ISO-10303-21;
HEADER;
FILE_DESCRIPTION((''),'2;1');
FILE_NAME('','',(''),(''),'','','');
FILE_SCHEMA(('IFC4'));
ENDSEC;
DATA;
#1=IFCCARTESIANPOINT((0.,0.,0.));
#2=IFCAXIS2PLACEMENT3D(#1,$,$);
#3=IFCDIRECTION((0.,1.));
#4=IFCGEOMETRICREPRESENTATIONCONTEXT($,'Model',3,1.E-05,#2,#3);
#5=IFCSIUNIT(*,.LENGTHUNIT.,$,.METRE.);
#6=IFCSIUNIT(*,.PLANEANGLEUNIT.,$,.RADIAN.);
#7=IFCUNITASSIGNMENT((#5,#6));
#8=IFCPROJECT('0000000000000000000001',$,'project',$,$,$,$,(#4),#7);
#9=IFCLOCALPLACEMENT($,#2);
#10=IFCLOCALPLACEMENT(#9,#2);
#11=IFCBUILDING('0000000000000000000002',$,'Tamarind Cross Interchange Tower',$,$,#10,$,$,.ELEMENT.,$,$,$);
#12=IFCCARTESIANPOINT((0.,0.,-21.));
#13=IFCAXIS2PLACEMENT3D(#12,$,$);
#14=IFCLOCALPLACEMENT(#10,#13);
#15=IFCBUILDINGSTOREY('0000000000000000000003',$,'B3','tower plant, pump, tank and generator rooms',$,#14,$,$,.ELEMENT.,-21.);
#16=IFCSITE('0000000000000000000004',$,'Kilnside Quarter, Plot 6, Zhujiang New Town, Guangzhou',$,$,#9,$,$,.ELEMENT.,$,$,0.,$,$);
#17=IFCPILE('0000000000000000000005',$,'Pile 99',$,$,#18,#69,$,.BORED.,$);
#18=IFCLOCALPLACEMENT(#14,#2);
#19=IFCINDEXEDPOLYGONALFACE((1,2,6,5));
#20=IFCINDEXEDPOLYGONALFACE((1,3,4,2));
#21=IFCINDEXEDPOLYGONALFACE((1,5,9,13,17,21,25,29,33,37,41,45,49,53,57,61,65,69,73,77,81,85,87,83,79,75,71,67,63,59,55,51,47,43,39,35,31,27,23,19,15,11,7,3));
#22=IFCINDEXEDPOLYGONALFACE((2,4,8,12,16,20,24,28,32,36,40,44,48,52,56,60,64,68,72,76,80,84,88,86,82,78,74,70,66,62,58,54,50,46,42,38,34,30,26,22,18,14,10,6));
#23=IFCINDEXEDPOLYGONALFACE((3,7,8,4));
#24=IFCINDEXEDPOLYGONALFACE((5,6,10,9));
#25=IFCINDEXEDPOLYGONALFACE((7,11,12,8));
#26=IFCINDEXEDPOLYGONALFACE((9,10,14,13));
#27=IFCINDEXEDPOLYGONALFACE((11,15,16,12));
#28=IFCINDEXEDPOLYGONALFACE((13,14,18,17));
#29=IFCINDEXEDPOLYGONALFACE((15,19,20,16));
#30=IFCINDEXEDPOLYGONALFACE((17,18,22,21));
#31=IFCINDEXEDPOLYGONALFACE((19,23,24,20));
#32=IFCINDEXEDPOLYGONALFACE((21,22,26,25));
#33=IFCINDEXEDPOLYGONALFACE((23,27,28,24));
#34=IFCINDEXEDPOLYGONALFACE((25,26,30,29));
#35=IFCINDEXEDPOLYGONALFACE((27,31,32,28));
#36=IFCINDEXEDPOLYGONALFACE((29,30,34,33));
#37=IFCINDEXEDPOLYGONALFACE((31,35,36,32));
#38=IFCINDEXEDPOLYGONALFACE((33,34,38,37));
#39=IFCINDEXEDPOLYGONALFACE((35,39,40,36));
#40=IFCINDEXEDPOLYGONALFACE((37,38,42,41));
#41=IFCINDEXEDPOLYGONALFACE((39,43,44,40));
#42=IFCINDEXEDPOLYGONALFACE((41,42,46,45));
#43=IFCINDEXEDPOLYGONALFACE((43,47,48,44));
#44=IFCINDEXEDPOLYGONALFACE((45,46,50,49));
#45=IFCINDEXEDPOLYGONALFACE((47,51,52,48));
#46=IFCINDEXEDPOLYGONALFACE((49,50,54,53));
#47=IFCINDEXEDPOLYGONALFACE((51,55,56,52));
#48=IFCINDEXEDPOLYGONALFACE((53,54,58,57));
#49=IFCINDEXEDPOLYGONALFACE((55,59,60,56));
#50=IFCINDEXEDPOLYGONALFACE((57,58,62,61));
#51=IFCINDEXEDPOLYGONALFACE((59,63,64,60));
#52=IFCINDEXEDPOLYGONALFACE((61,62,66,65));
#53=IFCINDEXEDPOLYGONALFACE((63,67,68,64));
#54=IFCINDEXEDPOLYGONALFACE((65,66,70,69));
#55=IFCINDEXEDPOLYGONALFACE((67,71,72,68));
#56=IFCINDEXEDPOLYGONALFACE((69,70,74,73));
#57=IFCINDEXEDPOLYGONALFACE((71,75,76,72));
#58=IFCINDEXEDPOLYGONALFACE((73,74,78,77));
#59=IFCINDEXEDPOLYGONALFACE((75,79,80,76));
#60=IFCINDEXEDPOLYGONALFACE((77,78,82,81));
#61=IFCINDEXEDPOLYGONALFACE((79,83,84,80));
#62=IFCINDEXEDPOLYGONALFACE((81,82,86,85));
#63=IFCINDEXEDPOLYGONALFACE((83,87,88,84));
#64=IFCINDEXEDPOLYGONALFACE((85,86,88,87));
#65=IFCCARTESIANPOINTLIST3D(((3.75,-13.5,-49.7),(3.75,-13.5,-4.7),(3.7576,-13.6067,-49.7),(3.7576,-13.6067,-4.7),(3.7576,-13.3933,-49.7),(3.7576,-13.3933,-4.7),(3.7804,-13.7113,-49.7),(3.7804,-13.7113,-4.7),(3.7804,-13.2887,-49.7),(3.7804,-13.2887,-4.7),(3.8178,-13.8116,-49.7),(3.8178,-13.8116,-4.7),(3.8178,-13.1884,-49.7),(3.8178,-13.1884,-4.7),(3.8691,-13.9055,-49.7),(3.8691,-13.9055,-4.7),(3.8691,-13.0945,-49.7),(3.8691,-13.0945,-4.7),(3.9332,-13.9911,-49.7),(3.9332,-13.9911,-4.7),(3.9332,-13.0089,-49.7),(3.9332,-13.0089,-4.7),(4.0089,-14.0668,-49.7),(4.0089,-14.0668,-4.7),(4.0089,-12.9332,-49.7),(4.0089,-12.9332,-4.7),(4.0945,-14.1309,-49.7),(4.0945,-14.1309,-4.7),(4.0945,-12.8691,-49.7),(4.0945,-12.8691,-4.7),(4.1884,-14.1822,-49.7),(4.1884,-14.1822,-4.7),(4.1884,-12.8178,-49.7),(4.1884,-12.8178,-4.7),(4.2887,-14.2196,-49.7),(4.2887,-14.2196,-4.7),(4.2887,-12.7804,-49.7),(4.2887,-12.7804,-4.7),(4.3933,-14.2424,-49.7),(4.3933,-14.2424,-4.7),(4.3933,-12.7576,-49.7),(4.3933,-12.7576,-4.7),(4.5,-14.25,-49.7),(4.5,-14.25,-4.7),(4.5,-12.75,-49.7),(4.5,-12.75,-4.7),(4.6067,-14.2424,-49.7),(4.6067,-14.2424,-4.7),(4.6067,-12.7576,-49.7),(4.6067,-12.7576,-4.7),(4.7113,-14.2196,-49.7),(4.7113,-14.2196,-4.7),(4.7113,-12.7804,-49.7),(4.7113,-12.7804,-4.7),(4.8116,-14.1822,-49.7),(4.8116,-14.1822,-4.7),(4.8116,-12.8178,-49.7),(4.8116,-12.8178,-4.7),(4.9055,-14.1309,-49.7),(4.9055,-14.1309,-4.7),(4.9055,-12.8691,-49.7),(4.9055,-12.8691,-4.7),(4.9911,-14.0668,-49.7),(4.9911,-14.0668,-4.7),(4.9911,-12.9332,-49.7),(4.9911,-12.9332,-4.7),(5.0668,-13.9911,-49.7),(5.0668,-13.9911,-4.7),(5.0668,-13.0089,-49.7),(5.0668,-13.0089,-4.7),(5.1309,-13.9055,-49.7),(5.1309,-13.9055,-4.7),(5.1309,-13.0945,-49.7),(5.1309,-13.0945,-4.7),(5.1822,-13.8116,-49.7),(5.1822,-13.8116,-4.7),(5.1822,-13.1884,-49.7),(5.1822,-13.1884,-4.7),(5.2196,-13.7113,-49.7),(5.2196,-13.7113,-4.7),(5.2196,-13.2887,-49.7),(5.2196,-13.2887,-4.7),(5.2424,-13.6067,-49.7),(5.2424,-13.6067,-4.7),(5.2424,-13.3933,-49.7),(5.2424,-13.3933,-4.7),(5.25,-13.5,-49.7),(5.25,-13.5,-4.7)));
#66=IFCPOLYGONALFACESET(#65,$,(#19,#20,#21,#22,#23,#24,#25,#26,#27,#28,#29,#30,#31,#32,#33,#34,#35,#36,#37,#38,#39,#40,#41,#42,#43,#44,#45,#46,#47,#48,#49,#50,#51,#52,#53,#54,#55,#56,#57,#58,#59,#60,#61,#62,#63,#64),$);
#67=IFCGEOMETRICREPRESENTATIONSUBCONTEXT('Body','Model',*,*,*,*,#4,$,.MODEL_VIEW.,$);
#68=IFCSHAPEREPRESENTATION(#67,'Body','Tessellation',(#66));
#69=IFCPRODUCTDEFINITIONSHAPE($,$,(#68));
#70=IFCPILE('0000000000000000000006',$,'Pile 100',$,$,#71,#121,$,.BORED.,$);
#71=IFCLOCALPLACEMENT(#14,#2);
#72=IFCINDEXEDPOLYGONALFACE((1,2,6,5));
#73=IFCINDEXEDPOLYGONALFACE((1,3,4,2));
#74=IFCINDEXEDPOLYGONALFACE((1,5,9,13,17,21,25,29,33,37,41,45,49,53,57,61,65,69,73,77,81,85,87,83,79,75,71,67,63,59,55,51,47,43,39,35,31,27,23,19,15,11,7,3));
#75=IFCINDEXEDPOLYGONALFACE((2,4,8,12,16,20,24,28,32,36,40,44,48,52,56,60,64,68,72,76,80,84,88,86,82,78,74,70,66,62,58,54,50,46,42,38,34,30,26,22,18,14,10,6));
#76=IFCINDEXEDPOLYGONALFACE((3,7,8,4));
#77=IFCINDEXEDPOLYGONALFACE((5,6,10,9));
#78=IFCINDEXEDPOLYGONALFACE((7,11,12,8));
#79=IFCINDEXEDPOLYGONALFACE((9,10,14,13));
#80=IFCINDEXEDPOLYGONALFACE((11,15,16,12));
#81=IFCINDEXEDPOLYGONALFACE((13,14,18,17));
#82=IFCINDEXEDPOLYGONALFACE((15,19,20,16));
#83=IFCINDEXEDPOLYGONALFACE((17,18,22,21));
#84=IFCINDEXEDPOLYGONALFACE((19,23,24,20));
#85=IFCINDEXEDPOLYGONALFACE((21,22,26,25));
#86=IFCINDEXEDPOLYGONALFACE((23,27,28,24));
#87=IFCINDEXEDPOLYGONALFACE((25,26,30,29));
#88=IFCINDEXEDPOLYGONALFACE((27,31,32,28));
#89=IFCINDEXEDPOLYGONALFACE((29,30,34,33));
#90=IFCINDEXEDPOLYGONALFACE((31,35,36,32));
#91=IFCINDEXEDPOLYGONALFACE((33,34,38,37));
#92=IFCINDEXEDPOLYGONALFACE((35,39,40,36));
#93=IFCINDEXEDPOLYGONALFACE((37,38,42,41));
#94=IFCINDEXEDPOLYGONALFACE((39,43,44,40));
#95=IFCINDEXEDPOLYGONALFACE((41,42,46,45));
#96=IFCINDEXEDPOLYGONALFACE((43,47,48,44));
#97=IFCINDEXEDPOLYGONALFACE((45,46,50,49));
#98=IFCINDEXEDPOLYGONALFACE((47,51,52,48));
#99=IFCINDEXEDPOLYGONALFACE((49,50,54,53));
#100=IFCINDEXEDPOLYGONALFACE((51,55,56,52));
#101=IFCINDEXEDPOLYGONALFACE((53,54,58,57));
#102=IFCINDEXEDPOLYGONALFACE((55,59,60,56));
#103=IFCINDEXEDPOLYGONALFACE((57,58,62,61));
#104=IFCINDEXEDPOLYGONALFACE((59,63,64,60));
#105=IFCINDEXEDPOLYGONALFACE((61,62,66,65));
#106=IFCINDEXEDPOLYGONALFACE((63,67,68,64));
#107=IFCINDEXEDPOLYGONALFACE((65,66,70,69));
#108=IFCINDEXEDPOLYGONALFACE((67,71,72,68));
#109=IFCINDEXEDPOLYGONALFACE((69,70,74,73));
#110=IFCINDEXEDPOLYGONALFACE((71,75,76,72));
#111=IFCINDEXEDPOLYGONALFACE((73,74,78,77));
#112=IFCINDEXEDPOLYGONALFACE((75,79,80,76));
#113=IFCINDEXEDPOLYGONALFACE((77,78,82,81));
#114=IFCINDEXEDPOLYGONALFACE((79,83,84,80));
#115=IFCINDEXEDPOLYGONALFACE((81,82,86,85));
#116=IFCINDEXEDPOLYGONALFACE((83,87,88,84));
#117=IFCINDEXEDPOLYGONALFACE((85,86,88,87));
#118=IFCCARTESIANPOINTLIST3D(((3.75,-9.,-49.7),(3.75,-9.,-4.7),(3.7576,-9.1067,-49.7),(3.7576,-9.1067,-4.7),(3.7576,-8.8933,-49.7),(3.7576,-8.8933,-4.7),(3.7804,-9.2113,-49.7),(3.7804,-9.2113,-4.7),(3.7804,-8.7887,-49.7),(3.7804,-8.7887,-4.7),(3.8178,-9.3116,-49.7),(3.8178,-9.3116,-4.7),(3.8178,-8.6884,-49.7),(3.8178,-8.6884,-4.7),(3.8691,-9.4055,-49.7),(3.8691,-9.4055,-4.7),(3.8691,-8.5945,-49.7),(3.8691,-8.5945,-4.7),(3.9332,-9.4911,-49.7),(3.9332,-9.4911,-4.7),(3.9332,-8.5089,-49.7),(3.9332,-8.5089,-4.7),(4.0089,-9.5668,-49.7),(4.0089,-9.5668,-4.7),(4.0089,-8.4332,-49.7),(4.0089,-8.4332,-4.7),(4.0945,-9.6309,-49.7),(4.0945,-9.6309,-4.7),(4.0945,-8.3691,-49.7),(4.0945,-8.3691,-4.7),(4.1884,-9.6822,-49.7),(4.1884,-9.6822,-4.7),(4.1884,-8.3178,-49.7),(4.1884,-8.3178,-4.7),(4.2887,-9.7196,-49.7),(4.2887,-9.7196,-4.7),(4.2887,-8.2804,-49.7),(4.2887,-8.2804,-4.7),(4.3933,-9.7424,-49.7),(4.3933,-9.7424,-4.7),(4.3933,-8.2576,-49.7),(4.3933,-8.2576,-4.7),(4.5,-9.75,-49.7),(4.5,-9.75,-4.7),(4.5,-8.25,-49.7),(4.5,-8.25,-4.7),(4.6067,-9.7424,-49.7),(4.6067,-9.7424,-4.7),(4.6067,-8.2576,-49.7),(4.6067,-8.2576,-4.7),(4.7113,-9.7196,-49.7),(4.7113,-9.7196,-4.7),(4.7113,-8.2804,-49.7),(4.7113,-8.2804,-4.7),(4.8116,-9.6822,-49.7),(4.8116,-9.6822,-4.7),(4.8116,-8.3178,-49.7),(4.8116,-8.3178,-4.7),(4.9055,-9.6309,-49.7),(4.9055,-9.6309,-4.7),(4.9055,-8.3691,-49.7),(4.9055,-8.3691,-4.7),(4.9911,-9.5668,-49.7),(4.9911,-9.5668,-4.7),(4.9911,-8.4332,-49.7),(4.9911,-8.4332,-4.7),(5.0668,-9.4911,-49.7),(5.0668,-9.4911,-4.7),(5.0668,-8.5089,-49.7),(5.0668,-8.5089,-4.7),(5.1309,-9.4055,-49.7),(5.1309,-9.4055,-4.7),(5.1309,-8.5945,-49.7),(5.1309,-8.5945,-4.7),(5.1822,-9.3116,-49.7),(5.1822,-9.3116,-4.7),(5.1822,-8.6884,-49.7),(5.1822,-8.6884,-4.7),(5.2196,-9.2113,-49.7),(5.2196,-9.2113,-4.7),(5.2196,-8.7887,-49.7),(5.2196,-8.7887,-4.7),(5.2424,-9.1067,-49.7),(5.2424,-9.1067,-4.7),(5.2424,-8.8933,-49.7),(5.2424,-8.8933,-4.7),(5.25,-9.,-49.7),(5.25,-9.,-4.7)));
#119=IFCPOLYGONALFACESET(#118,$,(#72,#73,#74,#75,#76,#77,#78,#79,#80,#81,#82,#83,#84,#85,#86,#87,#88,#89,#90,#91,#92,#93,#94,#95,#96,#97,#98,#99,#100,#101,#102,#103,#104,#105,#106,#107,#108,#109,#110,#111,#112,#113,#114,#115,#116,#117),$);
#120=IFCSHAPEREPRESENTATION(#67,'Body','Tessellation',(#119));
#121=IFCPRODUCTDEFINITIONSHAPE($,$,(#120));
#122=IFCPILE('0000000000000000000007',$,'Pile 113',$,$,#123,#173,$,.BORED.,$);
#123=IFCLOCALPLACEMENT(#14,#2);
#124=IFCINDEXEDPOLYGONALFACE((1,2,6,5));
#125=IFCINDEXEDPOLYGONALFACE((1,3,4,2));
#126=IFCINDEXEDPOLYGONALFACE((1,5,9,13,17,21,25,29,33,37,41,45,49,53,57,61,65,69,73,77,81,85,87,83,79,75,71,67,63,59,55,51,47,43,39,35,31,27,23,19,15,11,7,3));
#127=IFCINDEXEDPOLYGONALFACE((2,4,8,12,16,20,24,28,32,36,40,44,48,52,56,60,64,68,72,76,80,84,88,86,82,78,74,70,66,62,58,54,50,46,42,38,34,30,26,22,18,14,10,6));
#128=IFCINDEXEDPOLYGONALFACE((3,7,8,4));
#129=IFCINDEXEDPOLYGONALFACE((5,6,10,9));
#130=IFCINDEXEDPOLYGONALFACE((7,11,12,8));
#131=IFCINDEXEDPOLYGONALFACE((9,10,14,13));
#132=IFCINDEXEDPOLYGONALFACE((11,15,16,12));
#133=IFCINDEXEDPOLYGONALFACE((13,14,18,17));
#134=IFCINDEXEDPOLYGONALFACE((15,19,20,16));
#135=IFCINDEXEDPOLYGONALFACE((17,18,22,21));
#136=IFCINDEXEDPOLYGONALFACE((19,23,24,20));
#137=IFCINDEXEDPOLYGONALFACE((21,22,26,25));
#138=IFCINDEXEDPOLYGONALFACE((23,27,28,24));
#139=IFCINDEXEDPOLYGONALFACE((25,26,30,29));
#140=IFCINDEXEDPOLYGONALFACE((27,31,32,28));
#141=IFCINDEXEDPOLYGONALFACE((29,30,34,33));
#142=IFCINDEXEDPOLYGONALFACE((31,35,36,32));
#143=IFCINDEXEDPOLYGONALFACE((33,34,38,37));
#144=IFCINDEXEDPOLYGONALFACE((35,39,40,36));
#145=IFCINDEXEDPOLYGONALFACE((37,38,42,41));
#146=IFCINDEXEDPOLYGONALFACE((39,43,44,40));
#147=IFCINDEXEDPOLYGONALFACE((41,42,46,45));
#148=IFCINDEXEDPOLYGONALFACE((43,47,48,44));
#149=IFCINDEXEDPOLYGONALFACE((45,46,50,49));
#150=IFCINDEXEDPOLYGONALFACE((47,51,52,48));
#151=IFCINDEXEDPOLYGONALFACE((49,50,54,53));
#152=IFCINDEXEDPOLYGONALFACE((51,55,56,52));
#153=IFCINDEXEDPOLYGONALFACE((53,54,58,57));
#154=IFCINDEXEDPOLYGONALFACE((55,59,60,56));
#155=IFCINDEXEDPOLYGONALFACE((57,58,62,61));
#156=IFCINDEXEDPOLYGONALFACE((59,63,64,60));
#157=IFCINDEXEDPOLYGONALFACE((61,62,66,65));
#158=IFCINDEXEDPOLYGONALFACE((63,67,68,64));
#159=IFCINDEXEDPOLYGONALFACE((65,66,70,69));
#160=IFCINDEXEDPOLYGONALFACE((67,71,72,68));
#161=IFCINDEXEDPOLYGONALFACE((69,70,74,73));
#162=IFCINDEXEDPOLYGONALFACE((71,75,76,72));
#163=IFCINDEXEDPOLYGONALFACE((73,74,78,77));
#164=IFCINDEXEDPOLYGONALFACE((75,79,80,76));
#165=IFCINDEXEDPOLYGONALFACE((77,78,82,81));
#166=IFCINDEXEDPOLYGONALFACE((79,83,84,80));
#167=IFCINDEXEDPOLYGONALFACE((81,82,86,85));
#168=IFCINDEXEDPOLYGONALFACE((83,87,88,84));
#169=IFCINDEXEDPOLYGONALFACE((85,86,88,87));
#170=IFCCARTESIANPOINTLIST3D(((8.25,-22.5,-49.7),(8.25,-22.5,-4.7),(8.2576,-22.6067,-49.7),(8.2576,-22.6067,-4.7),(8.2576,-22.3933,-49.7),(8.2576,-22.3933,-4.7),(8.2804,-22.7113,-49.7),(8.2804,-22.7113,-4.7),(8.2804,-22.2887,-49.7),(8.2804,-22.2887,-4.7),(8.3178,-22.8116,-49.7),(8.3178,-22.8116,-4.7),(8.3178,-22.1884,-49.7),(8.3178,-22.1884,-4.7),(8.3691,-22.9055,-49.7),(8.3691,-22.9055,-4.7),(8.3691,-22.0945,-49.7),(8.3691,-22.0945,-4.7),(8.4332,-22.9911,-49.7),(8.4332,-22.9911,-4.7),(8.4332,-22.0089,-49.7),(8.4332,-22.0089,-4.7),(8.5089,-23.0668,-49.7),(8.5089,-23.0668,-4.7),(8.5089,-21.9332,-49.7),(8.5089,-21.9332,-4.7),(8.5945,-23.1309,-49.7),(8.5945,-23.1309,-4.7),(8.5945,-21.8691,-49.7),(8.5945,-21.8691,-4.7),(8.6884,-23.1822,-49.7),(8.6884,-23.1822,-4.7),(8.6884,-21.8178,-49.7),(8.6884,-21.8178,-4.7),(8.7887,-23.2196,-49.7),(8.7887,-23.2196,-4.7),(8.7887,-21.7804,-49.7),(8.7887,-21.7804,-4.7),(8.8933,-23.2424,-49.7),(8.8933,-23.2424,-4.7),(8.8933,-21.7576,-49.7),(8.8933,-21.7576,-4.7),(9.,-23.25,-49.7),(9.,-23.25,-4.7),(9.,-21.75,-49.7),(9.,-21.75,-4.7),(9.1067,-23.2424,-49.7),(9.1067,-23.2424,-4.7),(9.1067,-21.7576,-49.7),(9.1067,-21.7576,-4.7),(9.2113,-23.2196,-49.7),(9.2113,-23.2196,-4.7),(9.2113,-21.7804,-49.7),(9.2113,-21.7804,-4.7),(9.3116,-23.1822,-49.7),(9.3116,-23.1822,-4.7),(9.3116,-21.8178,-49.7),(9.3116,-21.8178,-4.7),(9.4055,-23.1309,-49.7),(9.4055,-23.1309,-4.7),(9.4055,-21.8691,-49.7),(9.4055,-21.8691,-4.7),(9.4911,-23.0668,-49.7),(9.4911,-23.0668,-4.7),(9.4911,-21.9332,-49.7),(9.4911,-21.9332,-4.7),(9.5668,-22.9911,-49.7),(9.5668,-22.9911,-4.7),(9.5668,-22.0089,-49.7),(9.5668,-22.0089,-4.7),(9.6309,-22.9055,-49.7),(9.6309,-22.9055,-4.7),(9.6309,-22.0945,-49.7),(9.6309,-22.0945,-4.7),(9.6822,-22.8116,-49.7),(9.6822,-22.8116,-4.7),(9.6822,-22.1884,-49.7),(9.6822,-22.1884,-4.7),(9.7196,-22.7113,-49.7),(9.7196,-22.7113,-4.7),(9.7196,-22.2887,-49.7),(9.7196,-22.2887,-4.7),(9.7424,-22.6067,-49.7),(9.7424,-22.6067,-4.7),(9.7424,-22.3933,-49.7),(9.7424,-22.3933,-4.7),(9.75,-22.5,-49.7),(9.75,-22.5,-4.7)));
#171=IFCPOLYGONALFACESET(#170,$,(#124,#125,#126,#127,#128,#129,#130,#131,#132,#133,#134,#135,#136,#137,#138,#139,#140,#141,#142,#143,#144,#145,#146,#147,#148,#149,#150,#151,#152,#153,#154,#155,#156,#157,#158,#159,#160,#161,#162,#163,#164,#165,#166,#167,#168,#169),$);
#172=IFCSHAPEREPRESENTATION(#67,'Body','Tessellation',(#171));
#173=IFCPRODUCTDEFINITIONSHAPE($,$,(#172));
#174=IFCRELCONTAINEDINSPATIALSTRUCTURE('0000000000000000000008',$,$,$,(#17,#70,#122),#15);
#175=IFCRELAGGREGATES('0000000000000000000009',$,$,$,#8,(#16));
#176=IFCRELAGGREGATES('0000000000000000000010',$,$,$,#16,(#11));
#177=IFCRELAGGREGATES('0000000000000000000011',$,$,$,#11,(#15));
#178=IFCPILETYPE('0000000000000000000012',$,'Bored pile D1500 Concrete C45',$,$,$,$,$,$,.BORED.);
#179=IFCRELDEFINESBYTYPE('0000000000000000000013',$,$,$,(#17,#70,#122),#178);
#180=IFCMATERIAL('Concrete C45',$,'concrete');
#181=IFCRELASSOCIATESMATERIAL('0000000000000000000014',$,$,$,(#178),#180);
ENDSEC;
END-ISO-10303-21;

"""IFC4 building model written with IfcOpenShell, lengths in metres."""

from ifc_helpers import new_model, si_unit, direction, frame, origin, origin_2d, place, context, subcontext, project, spatial, circle, extrude, material, material_profile, profile_set, type_object, element, save


model = new_model("IFC4")

# Units and contexts
model_context = context("Model", 3, precision=1e-05, world=origin(), true_north=direction((0.0, 1.0)))
body_context = subcontext(model_context, "Body", "Model", "MODEL_VIEW")
ifc_project = project(units=[si_unit("LENGTHUNIT", "METRE"), si_unit("PLANEANGLEUNIT", "RADIAN")], contexts=[model_context])

# Site, building, storey
site_placement = place(None, origin())
site = spatial("IfcSite", under=ifc_project, at=site_placement, Name="Kilnside Quarter, Plot 6, Zhujiang New Town, Guangzhou", CompositionType="ELEMENT", RefElevation=0.0)
building_placement = place(site_placement, origin())
building = spatial("IfcBuilding", under=site, at=building_placement, Name="Tamarind Cross Interchange Tower", CompositionType="ELEMENT")
storey_placement = place(building_placement, frame((0.0, 0.0, -21.0)))
storey = spatial("IfcBuildingStorey", under=building, at=storey_placement, Name="B3", Description="tower plant, pump, tank and generator rooms", CompositionType="ELEMENT", Elevation=-21.0)

# Piles
ifc_material_1 = material(Name="Concrete C45", Category="concrete")
ifc_material_profile_1 = material_profile(ifc_material_1, circle(Radius=0.75, at=origin_2d()), Name="RC D1500")
ifc_profile_set_1 = profile_set([ifc_material_profile_1], Name="Concrete C45")
pile_type = type_object("IfcPileType", Name="Bored pile D1500 Concrete C45", PredefinedType="BORED", material=ifc_profile_set_1)
for number, where, z_axis, x_axis, name in (
    (1, (4.5, -13.5, -4.7), (0.0, 0.0, -1.0), (1.0, 0.0, 0.0), "Pile 99"),
    (2, (4.5, -9.0, -4.7), (0.0, 0.0, -1.0), (1.0, 0.0, 0.0), "Pile 100"),
    (3, (9.0, -22.5, -4.7), (0.0, 0.0, -1.0), (1.0, 0.0, 0.0), "Pile 113"),
):
    element("IfcPile", number, at=place(storey_placement, frame(where, z_axis=z_axis, x_axis=x_axis)), inside=storey, type_object=pile_type, Name=name, PredefinedType="BORED", context=body_context, shape_type="SweptSolid", body=[
        extrude(circle(Radius=0.75, at=origin_2d()), origin(), (0.0, 0.0, 1.0), 45.0),
    ])

save(model, "model.ifc")
